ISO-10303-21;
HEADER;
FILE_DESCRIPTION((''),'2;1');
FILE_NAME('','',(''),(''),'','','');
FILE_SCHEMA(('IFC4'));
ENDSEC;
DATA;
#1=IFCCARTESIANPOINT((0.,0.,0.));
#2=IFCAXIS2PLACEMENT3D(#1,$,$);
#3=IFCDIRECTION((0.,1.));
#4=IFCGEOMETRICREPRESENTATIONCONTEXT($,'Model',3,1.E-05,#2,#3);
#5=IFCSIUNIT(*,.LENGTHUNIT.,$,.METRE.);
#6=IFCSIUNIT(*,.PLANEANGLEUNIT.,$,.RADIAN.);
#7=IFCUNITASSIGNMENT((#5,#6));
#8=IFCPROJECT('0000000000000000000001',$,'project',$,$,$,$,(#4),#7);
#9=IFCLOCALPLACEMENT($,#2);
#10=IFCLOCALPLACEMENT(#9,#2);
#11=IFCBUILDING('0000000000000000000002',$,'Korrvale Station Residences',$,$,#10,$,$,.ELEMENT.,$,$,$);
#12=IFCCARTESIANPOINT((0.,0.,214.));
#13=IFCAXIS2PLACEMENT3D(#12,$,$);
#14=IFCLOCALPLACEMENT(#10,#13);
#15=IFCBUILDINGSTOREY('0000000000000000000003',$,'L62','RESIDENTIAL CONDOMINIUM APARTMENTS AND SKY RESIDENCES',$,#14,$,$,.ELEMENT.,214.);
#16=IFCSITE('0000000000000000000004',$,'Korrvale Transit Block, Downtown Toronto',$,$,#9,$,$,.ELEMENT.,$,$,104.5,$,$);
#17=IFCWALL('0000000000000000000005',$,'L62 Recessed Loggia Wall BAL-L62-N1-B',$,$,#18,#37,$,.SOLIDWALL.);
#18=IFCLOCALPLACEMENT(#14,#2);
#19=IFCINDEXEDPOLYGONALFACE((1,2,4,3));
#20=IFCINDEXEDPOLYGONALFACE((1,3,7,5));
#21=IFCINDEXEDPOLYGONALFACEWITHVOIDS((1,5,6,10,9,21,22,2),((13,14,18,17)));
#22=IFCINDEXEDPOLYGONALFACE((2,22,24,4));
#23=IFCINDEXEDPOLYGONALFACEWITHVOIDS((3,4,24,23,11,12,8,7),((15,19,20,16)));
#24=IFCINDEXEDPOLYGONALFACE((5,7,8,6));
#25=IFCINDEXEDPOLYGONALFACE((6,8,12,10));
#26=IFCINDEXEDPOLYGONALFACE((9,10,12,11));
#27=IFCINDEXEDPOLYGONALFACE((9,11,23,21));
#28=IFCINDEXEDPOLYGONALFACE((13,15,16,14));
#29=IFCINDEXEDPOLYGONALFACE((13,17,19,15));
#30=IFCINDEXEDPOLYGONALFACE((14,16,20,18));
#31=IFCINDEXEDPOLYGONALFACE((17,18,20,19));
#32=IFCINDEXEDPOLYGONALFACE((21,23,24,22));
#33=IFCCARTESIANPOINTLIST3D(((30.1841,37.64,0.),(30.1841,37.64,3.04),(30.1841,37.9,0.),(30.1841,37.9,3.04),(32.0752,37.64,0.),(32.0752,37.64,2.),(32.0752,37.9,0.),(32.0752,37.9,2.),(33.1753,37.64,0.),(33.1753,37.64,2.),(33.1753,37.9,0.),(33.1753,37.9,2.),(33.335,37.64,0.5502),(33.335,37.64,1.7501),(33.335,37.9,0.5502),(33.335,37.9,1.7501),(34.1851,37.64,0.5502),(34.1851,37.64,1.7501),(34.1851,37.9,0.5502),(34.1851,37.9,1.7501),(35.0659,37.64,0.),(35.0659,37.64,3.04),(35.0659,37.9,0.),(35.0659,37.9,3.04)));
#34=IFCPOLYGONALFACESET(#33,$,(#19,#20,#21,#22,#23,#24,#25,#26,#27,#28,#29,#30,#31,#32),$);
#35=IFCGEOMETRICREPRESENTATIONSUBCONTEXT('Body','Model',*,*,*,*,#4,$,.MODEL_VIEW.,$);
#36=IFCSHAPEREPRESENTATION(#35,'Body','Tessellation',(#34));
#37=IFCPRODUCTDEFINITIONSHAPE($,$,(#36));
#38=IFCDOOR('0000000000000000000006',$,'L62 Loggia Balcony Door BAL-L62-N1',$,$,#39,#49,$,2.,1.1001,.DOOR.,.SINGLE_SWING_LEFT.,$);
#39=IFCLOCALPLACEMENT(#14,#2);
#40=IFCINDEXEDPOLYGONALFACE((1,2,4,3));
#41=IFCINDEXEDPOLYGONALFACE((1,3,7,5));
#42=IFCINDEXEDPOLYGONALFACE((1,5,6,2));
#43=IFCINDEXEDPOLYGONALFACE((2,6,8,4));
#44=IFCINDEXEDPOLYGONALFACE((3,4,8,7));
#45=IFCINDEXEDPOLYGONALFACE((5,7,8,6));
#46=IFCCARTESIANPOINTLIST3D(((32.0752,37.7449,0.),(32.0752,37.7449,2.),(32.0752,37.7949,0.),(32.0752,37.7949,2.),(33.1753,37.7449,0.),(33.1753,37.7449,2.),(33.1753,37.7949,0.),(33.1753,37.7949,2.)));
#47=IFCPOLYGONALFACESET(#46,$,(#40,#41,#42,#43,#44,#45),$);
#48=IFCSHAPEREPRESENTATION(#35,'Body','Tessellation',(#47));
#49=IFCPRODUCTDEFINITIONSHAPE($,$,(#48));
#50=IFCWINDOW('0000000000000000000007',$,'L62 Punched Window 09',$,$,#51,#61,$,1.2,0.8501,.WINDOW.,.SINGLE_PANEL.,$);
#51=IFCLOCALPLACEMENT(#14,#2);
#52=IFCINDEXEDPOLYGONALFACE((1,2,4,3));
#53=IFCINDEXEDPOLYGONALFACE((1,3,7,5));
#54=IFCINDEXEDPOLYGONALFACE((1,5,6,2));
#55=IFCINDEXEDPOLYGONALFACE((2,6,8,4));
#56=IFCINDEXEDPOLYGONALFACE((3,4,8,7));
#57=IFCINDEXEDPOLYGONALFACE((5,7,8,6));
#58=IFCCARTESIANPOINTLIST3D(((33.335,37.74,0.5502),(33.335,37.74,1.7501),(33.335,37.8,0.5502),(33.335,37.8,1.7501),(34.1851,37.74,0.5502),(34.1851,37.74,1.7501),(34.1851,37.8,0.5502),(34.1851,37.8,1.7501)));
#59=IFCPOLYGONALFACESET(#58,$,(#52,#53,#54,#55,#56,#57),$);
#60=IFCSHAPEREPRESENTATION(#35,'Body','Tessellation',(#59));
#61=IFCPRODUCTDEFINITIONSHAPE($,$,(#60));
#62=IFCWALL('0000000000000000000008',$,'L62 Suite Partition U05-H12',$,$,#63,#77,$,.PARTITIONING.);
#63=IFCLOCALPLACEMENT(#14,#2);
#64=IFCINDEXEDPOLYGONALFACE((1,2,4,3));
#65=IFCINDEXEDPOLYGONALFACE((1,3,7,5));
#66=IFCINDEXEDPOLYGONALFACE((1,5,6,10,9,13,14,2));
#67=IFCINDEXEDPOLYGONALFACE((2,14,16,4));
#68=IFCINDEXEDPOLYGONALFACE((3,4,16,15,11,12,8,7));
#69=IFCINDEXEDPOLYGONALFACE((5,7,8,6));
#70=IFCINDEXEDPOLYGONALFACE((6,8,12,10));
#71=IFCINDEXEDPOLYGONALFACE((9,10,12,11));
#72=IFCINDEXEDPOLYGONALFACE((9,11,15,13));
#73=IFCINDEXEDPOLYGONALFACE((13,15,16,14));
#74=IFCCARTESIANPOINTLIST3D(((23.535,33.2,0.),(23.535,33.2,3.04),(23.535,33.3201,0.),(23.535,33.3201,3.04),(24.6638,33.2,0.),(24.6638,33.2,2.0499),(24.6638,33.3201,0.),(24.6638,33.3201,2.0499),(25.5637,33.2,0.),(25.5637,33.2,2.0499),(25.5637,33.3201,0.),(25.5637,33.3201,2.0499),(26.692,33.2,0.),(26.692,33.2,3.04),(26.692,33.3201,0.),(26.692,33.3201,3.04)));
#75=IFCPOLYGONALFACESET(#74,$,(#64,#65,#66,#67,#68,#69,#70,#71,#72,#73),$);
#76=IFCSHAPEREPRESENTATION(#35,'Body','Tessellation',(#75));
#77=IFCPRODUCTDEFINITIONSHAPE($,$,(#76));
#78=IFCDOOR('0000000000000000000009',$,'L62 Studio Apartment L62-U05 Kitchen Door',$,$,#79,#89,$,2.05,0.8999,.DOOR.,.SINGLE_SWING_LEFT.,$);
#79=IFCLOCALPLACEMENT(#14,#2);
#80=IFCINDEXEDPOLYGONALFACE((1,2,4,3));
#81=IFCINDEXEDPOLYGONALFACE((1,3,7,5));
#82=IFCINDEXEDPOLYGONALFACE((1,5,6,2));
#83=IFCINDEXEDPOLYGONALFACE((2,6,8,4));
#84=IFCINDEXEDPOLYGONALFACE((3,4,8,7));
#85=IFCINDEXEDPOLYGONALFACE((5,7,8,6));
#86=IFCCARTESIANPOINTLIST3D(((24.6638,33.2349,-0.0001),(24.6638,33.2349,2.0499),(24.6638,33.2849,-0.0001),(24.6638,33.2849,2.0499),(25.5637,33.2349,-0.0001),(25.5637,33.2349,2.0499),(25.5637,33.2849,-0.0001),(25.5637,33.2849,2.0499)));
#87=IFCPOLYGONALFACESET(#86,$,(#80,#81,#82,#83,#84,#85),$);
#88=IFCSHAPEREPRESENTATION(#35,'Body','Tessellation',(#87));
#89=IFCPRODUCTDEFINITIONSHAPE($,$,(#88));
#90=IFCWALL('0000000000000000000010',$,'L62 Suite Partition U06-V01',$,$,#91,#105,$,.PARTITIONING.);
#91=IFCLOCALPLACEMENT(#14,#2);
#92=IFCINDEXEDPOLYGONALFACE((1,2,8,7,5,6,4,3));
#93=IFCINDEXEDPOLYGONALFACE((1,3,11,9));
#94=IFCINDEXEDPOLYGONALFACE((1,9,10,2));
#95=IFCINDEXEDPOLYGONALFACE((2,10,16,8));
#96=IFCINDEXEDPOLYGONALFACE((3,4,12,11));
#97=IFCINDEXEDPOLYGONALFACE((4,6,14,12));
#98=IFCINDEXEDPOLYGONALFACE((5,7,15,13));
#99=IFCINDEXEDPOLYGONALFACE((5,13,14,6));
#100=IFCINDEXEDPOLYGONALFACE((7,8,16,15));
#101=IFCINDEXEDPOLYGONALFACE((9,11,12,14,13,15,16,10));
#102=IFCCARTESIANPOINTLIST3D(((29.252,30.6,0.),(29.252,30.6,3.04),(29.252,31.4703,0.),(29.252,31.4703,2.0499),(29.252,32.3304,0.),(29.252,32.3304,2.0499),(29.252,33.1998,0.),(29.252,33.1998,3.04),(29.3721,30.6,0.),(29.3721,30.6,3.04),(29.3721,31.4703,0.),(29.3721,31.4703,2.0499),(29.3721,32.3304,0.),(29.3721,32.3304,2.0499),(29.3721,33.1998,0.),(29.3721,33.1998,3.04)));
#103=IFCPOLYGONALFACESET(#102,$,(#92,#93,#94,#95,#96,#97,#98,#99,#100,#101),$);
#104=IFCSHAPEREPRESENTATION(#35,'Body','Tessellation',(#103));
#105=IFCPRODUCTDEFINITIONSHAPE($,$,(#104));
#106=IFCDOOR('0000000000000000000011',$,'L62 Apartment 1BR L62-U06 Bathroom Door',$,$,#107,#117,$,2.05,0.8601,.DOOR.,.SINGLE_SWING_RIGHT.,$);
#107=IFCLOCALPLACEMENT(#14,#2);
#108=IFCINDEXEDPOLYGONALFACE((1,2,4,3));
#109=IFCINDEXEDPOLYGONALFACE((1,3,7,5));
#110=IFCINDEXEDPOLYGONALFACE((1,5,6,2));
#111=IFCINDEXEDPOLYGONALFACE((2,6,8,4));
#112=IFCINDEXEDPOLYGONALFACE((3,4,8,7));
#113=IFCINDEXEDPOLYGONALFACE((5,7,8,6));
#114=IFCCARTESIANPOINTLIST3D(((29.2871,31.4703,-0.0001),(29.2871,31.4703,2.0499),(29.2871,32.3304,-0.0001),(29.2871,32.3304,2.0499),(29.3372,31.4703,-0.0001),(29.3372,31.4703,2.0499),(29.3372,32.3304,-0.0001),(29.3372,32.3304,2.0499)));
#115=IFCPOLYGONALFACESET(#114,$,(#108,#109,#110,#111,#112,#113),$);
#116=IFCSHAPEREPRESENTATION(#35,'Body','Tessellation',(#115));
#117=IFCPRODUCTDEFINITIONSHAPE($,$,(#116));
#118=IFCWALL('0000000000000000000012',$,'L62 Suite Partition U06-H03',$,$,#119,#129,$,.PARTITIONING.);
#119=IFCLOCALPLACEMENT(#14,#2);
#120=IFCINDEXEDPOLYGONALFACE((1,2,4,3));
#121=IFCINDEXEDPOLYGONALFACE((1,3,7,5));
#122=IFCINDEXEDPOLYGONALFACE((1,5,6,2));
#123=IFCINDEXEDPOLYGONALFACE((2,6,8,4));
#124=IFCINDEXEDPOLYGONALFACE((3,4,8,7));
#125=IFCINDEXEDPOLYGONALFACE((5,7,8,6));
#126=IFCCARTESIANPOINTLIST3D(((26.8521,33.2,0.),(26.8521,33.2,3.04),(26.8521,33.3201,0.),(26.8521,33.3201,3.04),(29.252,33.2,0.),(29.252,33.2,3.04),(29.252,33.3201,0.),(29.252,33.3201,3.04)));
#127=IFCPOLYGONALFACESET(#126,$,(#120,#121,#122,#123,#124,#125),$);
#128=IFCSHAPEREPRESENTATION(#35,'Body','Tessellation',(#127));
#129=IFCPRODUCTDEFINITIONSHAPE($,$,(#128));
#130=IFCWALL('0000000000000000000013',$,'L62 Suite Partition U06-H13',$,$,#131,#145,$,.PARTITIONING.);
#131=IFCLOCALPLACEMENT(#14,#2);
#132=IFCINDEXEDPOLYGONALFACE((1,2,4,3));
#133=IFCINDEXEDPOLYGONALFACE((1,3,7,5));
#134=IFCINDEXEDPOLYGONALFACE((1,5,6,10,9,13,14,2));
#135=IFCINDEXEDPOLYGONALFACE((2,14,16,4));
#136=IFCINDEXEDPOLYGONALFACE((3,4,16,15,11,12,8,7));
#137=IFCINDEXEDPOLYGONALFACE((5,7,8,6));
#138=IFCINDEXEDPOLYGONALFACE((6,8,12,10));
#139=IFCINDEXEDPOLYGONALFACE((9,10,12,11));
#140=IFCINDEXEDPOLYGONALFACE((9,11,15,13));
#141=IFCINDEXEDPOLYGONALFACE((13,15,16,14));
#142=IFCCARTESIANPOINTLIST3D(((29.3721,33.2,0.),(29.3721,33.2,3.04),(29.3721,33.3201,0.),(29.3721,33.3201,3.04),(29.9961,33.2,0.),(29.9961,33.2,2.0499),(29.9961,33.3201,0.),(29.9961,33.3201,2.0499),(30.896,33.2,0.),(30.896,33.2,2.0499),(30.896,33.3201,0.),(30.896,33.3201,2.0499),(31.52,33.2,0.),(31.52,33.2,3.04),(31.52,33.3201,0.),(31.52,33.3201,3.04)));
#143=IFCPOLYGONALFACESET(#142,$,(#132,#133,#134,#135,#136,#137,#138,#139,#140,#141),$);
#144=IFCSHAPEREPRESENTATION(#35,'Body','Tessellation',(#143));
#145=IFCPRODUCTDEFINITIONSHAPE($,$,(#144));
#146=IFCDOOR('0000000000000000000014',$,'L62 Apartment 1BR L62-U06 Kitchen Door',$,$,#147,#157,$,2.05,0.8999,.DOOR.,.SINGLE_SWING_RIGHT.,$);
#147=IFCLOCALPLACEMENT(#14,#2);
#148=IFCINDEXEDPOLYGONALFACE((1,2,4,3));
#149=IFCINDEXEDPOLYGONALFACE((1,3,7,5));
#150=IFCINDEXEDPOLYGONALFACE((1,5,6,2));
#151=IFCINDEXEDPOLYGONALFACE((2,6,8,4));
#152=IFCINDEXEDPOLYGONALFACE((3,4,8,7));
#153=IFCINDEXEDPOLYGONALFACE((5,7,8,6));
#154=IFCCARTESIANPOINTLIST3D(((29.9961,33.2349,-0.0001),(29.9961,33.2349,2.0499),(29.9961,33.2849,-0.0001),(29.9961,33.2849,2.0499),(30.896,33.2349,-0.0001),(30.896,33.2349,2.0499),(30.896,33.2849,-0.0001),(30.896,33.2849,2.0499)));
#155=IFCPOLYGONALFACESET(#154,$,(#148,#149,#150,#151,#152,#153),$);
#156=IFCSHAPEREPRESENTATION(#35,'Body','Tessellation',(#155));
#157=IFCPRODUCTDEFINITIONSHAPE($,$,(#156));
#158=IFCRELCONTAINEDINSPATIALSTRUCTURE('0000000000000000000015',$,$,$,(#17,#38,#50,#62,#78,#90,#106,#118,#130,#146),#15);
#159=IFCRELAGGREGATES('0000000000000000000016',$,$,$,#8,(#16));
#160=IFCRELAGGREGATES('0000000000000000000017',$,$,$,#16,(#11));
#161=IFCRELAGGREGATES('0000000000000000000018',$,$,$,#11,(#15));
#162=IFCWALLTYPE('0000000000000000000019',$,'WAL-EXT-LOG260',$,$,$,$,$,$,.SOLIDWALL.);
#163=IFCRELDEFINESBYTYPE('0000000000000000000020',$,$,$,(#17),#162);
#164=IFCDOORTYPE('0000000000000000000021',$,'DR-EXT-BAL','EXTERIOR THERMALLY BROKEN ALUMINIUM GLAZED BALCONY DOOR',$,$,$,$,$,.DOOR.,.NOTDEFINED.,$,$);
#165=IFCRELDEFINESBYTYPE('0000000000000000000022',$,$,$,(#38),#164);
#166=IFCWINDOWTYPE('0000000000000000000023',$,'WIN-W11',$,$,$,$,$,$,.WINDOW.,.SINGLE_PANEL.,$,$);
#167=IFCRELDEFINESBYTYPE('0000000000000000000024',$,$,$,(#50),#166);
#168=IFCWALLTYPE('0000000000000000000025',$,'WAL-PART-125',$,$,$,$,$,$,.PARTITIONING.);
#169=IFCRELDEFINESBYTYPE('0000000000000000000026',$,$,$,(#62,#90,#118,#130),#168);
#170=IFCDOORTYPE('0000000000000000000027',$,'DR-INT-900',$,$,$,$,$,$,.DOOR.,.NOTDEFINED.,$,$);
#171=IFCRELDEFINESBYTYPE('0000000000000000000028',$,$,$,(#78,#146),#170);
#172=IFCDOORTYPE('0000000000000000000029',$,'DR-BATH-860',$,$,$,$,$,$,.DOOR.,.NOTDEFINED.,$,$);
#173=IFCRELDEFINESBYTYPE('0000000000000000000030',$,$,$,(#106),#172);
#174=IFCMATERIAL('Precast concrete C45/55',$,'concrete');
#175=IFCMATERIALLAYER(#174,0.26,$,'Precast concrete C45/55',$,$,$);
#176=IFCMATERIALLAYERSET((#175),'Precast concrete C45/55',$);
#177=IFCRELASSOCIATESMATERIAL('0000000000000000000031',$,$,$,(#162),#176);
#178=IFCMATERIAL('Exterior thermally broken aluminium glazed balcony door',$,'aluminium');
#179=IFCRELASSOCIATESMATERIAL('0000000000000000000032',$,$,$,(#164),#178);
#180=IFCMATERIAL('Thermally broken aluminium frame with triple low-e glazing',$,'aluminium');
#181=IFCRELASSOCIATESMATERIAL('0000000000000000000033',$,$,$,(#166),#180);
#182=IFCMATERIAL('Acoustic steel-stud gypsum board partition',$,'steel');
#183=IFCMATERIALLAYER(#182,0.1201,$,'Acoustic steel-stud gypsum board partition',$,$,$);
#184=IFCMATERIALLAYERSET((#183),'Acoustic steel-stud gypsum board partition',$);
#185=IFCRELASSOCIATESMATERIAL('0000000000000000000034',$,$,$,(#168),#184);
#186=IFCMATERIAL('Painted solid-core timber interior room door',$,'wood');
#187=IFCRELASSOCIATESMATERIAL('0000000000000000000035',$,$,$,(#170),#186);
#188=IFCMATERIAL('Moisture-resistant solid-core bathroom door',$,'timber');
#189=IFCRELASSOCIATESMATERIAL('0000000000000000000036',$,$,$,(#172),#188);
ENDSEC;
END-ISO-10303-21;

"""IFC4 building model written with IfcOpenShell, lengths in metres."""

from ifc_helpers import new_model, si_unit, direction, frame, frame_2d, origin, place, context, subcontext, project, spatial, rectangle, extrude, material, layer, layer_set, type_object, element, fill, save


model = new_model("IFC4")

# Units and contexts
model_context = context("Model", 3, precision=1e-05, world=origin(), true_north=direction((0.0, 1.0)))
body_context = subcontext(model_context, "Body", "Model", "MODEL_VIEW")
ifc_project = project(units=[si_unit("LENGTHUNIT", "METRE"), si_unit("PLANEANGLEUNIT", "RADIAN")], contexts=[model_context])

# Site, building, storey
site_placement = place(None, origin())
site = spatial("IfcSite", under=ifc_project, at=site_placement, Name="Korrvale Transit Block, Downtown Toronto", CompositionType="ELEMENT", RefElevation=104.5)
building_placement = place(site_placement, origin())
building = spatial("IfcBuilding", under=site, at=building_placement, Name="Korrvale Station Residences", CompositionType="ELEMENT")
storey_placement = place(building_placement, frame((0.0, 0.0, 214.0)))
storey = spatial("IfcBuildingStorey", under=building, at=storey_placement, Name="L62", Description="RESIDENTIAL CONDOMINIUM APARTMENTS AND SKY RESIDENCES", CompositionType="ELEMENT", Elevation=214.0)

# Shared definitions
ifc_material_1 = material(Name="Precast concrete C45/55", Category="concrete")
ifc_layer_1 = layer(ifc_material_1, 0.26, Name="Precast concrete C45/55")
ifc_layer_set_1 = layer_set([ifc_layer_1], Name="Precast concrete C45/55")
wall_type_1 = type_object("IfcWallType", Name="WAL-EXT-LOG260", PredefinedType="SOLIDWALL", material=ifc_layer_set_1)

# Wall, openings, door, window
wall_1_placement = place(storey_placement, frame((30.1841, 37.77, 0.0), z_axis=(0.0, 0.0, 1.0), x_axis=(1.0, 0.0, 0.0)))
wall_1 = element("IfcWall", 1, at=wall_1_placement, inside=storey, type_object=wall_type_1, Name="L62 Recessed Loggia Wall BAL-L62-N1-B", PredefinedType="SOLIDWALL", context=body_context, shape_type="SweptSolid", body=[
    extrude(rectangle(XDim=4.8818, YDim=0.26, at=frame_2d((2.4409, 0.0))), origin(), (0.0, 0.0, 1.0), 3.04),
])
opening_1_placement = place(wall_1_placement, frame((1.8911, 0.0, 0.0)))
opening_1 = element("IfcOpeningElement", 2, at=opening_1_placement, cuts=wall_1, PredefinedType="OPENING", context=body_context, shape_type="SweptSolid", body=[
    extrude(rectangle(XDim=1.1001, YDim=2.0, at=frame_2d((0.55, 1.0))), frame((0.0, 0.1401, 0.0), z_axis=(0.0, -1.0, 0.0), x_axis=(1.0, 0.0, 0.0)), (0.0, 0.0, 1.0), 0.28),
])
opening_2_placement = place(wall_1_placement, frame((3.1509, 0.0, 0.55)))
opening_2 = element("IfcOpeningElement", 3, at=opening_2_placement, cuts=wall_1, PredefinedType="OPENING", context=body_context, shape_type="SweptSolid", body=[
    extrude(rectangle(XDim=0.8501, YDim=1.2, at=frame_2d((0.425, 0.6001))), frame((0.0, 0.1401, 0.0), z_axis=(0.0, -1.0, 0.0), x_axis=(1.0, 0.0, 0.0)), (0.0, 0.0, 1.0), 0.28),
])
ifc_material_2 = material(Name="Exterior thermally broken aluminium glazed balcony door", Category="aluminium")
door_type_1 = type_object("IfcDoorType", Name="DR-EXT-BAL", Description="EXTERIOR THERMALLY BROKEN ALUMINIUM GLAZED BALCONY DOOR", OperationType="NOTDEFINED", PredefinedType="DOOR", material=ifc_material_2)
door_1_placement = place(opening_1_placement, origin())
door_1 = element("IfcDoor", 4, at=door_1_placement, inside=storey, type_object=door_type_1, Name="L62 Loggia Balcony Door BAL-L62-N1", OperationType="SINGLE_SWING_LEFT", OverallHeight=2.0, OverallWidth=1.1001, PredefinedType="DOOR", context=body_context, shape_type="SweptSolid", body=[
    extrude(rectangle(XDim=1.1001, YDim=2.0, at=frame_2d((0.55, 1.0))), frame((0.0, 0.0249, 0.0), z_axis=(0.0, -1.0, 0.0), x_axis=(1.0, 0.0, 0.0)), (0.0, 0.0, 1.0), 0.05),
])
fill(opening_1, door_1)
ifc_material_3 = material(Name="Thermally broken aluminium frame with triple low-e glazing", Category="aluminium")
window_type = type_object("IfcWindowType", Name="WIN-W11", PartitioningType="SINGLE_PANEL", PredefinedType="WINDOW", material=ifc_material_3)
window_placement = place(opening_2_placement, origin())
window = element("IfcWindow", 5, at=window_placement, inside=storey, type_object=window_type, Name="L62 Punched Window 09", OverallHeight=1.2, OverallWidth=0.8501, PartitioningType="SINGLE_PANEL", PredefinedType="WINDOW", context=body_context, shape_type="SweptSolid", body=[
    extrude(rectangle(XDim=0.8501, YDim=1.2, at=frame_2d((0.425, 0.6001))), frame((0.0, 0.03, 0.0), z_axis=(0.0, -1.0, 0.0), x_axis=(1.0, 0.0, 0.0)), (0.0, 0.0, 1.0), 0.0601),
])
fill(opening_2, window)

# Walls, openings, doors
ifc_material_4 = material(Name="Acoustic steel-stud gypsum board partition", Category="steel")
ifc_layer_2 = layer(ifc_material_4, 0.1201, Name="Acoustic steel-stud gypsum board partition")
ifc_layer_set_2 = layer_set([ifc_layer_2], Name="Acoustic steel-stud gypsum board partition")
wall_type_2 = type_object("IfcWallType", Name="WAL-PART-125", PredefinedType="PARTITIONING", material=ifc_layer_set_2)
wall_2_placement = place(storey_placement, frame((23.5349, 33.26, 0.0), z_axis=(0.0, 0.0, 1.0), x_axis=(1.0, 0.0, 0.0)))
wall_2 = element("IfcWall", 6, at=wall_2_placement, inside=storey, type_object=wall_type_2, Name="L62 Suite Partition U05-H12", PredefinedType="PARTITIONING", context=body_context, shape_type="SweptSolid", body=[
    extrude(rectangle(XDim=3.157, YDim=0.1201, at=frame_2d((1.5786, 0.0))), origin(), (0.0, 0.0, 1.0), 3.04),
])
opening_3_placement = place(wall_2_placement, frame((1.1289, 0.0, 0.0)))
opening_3 = element("IfcOpeningElement", 7, at=opening_3_placement, cuts=wall_2, PredefinedType="OPENING", context=body_context, shape_type="SweptSolid", body=[
    extrude(rectangle(XDim=0.8999, YDim=2.05, at=frame_2d((0.45, 1.0249))), frame((0.0, 0.0701, 0.0), z_axis=(0.0, -1.0, 0.0), x_axis=(1.0, 0.0, 0.0)), (0.0, 0.0, 1.0), 0.1401),
])
ifc_material_5 = material(Name="Painted solid-core timber interior room door", Category="wood")
door_type_2 = type_object("IfcDoorType", Name="DR-INT-900", OperationType="NOTDEFINED", PredefinedType="DOOR", material=ifc_material_5)
door_2_placement = place(opening_3_placement, origin())
door_2 = element("IfcDoor", 8, at=door_2_placement, inside=storey, type_object=door_type_2, Name="L62 Studio Apartment L62-U05 Kitchen Door", OperationType="SINGLE_SWING_LEFT", OverallHeight=2.05, OverallWidth=0.8999, PredefinedType="DOOR", context=body_context, shape_type="SweptSolid", body=[
    extrude(rectangle(XDim=0.8999, YDim=2.05, at=frame_2d((0.45, 1.0249))), frame((0.0, 0.0249, 0.0), z_axis=(0.0, -1.0, 0.0), x_axis=(1.0, 0.0, 0.0)), (0.0, 0.0, 1.0), 0.05),
])
fill(opening_3, door_2)
wall_3_placement = place(storey_placement, frame((29.312, 30.6001, 0.0), z_axis=(0.0, 0.0, 1.0), x_axis=(0.0, 1.0, 0.0)))
wall_3 = element("IfcWall", 9, at=wall_3_placement, inside=storey, type_object=wall_type_2, Name="L62 Suite Partition U06-V01", PredefinedType="PARTITIONING", context=body_context, shape_type="SweptSolid", body=[
    extrude(rectangle(XDim=2.5999, YDim=0.1201, at=frame_2d((1.2998, 0.0))), origin(), (0.0, 0.0, 1.0), 3.04),
])
opening_4_placement = place(wall_3_placement, frame((0.8701, 0.0, 0.0)))
opening_4 = element("IfcOpeningElement", 10, at=opening_4_placement, cuts=wall_3, PredefinedType="OPENING", context=body_context, shape_type="SweptSolid", body=[
    extrude(rectangle(XDim=0.8601, YDim=2.05, at=frame_2d((0.4302, 1.0249))), frame((0.0, 0.0701, 0.0), z_axis=(0.0, -1.0, 0.0), x_axis=(1.0, 0.0, 0.0)), (0.0, 0.0, 1.0), 0.1401),
])
ifc_material_6 = material(Name="Moisture-resistant solid-core bathroom door", Category="timber")
door_type_3 = type_object("IfcDoorType", Name="DR-BATH-860", OperationType="NOTDEFINED", PredefinedType="DOOR", material=ifc_material_6)
door_3_placement = place(opening_4_placement, origin())
door_3 = element("IfcDoor", 11, at=door_3_placement, inside=storey, type_object=door_type_3, Name="L62 Apartment 1BR L62-U06 Bathroom Door", OperationType="SINGLE_SWING_RIGHT", OverallHeight=2.05, OverallWidth=0.8601, PredefinedType="DOOR", context=body_context, shape_type="SweptSolid", body=[
    extrude(rectangle(XDim=0.8601, YDim=2.05, at=frame_2d((0.4302, 1.0249))), frame((0.0, 0.0249, 0.0), z_axis=(0.0, -1.0, 0.0), x_axis=(1.0, 0.0, 0.0)), (0.0, 0.0, 1.0), 0.05),
])
fill(opening_4, door_3)

# Wall
wall_4_placement = place(storey_placement, frame((26.8521, 33.26, 0.0), z_axis=(0.0, 0.0, 1.0), x_axis=(1.0, 0.0, 0.0)))
element("IfcWall", 12, at=wall_4_placement, inside=storey, type_object=wall_type_2, Name="L62 Suite Partition U06-H03", PredefinedType="PARTITIONING", context=body_context, shape_type="SweptSolid", body=[
    extrude(rectangle(XDim=2.3999, YDim=0.1201, at=frame_2d((1.2, 0.0))), origin(), (0.0, 0.0, 1.0), 3.04),
])

# Wall, opening, door
wall_5_placement = place(storey_placement, frame((29.3721, 33.26, 0.0), z_axis=(0.0, 0.0, 1.0), x_axis=(1.0, 0.0, 0.0)))
wall_5 = element("IfcWall", 13, at=wall_5_placement, inside=storey, type_object=wall_type_2, Name="L62 Suite Partition U06-H13", PredefinedType="PARTITIONING", context=body_context, shape_type="SweptSolid", body=[
    extrude(rectangle(XDim=2.1479, YDim=0.1201, at=frame_2d((1.074, 0.0))), origin(), (0.0, 0.0, 1.0), 3.04),
])
opening_5_placement = place(wall_5_placement, frame((0.624, 0.0, 0.0)))
opening_5 = element("IfcOpeningElement", 14, at=opening_5_placement, cuts=wall_5, PredefinedType="OPENING", context=body_context, shape_type="SweptSolid", body=[
    extrude(rectangle(XDim=0.8999, YDim=2.05, at=frame_2d((0.45, 1.0249))), frame((0.0, 0.0701, 0.0), z_axis=(0.0, -1.0, 0.0), x_axis=(1.0, 0.0, 0.0)), (0.0, 0.0, 1.0), 0.1401),
])
door_4_placement = place(opening_5_placement, origin())
door_4 = element("IfcDoor", 15, at=door_4_placement, inside=storey, type_object=door_type_2, Name="L62 Apartment 1BR L62-U06 Kitchen Door", OperationType="SINGLE_SWING_RIGHT", OverallHeight=2.05, OverallWidth=0.8999, PredefinedType="DOOR", context=body_context, shape_type="SweptSolid", body=[
    extrude(rectangle(XDim=0.8999, YDim=2.05, at=frame_2d((0.45, 1.0249))), frame((0.0, 0.0249, 0.0), z_axis=(0.0, -1.0, 0.0), x_axis=(1.0, 0.0, 0.0)), (0.0, 0.0, 1.0), 0.05),
])
fill(opening_5, door_4)

save(model, "model.ifc")
